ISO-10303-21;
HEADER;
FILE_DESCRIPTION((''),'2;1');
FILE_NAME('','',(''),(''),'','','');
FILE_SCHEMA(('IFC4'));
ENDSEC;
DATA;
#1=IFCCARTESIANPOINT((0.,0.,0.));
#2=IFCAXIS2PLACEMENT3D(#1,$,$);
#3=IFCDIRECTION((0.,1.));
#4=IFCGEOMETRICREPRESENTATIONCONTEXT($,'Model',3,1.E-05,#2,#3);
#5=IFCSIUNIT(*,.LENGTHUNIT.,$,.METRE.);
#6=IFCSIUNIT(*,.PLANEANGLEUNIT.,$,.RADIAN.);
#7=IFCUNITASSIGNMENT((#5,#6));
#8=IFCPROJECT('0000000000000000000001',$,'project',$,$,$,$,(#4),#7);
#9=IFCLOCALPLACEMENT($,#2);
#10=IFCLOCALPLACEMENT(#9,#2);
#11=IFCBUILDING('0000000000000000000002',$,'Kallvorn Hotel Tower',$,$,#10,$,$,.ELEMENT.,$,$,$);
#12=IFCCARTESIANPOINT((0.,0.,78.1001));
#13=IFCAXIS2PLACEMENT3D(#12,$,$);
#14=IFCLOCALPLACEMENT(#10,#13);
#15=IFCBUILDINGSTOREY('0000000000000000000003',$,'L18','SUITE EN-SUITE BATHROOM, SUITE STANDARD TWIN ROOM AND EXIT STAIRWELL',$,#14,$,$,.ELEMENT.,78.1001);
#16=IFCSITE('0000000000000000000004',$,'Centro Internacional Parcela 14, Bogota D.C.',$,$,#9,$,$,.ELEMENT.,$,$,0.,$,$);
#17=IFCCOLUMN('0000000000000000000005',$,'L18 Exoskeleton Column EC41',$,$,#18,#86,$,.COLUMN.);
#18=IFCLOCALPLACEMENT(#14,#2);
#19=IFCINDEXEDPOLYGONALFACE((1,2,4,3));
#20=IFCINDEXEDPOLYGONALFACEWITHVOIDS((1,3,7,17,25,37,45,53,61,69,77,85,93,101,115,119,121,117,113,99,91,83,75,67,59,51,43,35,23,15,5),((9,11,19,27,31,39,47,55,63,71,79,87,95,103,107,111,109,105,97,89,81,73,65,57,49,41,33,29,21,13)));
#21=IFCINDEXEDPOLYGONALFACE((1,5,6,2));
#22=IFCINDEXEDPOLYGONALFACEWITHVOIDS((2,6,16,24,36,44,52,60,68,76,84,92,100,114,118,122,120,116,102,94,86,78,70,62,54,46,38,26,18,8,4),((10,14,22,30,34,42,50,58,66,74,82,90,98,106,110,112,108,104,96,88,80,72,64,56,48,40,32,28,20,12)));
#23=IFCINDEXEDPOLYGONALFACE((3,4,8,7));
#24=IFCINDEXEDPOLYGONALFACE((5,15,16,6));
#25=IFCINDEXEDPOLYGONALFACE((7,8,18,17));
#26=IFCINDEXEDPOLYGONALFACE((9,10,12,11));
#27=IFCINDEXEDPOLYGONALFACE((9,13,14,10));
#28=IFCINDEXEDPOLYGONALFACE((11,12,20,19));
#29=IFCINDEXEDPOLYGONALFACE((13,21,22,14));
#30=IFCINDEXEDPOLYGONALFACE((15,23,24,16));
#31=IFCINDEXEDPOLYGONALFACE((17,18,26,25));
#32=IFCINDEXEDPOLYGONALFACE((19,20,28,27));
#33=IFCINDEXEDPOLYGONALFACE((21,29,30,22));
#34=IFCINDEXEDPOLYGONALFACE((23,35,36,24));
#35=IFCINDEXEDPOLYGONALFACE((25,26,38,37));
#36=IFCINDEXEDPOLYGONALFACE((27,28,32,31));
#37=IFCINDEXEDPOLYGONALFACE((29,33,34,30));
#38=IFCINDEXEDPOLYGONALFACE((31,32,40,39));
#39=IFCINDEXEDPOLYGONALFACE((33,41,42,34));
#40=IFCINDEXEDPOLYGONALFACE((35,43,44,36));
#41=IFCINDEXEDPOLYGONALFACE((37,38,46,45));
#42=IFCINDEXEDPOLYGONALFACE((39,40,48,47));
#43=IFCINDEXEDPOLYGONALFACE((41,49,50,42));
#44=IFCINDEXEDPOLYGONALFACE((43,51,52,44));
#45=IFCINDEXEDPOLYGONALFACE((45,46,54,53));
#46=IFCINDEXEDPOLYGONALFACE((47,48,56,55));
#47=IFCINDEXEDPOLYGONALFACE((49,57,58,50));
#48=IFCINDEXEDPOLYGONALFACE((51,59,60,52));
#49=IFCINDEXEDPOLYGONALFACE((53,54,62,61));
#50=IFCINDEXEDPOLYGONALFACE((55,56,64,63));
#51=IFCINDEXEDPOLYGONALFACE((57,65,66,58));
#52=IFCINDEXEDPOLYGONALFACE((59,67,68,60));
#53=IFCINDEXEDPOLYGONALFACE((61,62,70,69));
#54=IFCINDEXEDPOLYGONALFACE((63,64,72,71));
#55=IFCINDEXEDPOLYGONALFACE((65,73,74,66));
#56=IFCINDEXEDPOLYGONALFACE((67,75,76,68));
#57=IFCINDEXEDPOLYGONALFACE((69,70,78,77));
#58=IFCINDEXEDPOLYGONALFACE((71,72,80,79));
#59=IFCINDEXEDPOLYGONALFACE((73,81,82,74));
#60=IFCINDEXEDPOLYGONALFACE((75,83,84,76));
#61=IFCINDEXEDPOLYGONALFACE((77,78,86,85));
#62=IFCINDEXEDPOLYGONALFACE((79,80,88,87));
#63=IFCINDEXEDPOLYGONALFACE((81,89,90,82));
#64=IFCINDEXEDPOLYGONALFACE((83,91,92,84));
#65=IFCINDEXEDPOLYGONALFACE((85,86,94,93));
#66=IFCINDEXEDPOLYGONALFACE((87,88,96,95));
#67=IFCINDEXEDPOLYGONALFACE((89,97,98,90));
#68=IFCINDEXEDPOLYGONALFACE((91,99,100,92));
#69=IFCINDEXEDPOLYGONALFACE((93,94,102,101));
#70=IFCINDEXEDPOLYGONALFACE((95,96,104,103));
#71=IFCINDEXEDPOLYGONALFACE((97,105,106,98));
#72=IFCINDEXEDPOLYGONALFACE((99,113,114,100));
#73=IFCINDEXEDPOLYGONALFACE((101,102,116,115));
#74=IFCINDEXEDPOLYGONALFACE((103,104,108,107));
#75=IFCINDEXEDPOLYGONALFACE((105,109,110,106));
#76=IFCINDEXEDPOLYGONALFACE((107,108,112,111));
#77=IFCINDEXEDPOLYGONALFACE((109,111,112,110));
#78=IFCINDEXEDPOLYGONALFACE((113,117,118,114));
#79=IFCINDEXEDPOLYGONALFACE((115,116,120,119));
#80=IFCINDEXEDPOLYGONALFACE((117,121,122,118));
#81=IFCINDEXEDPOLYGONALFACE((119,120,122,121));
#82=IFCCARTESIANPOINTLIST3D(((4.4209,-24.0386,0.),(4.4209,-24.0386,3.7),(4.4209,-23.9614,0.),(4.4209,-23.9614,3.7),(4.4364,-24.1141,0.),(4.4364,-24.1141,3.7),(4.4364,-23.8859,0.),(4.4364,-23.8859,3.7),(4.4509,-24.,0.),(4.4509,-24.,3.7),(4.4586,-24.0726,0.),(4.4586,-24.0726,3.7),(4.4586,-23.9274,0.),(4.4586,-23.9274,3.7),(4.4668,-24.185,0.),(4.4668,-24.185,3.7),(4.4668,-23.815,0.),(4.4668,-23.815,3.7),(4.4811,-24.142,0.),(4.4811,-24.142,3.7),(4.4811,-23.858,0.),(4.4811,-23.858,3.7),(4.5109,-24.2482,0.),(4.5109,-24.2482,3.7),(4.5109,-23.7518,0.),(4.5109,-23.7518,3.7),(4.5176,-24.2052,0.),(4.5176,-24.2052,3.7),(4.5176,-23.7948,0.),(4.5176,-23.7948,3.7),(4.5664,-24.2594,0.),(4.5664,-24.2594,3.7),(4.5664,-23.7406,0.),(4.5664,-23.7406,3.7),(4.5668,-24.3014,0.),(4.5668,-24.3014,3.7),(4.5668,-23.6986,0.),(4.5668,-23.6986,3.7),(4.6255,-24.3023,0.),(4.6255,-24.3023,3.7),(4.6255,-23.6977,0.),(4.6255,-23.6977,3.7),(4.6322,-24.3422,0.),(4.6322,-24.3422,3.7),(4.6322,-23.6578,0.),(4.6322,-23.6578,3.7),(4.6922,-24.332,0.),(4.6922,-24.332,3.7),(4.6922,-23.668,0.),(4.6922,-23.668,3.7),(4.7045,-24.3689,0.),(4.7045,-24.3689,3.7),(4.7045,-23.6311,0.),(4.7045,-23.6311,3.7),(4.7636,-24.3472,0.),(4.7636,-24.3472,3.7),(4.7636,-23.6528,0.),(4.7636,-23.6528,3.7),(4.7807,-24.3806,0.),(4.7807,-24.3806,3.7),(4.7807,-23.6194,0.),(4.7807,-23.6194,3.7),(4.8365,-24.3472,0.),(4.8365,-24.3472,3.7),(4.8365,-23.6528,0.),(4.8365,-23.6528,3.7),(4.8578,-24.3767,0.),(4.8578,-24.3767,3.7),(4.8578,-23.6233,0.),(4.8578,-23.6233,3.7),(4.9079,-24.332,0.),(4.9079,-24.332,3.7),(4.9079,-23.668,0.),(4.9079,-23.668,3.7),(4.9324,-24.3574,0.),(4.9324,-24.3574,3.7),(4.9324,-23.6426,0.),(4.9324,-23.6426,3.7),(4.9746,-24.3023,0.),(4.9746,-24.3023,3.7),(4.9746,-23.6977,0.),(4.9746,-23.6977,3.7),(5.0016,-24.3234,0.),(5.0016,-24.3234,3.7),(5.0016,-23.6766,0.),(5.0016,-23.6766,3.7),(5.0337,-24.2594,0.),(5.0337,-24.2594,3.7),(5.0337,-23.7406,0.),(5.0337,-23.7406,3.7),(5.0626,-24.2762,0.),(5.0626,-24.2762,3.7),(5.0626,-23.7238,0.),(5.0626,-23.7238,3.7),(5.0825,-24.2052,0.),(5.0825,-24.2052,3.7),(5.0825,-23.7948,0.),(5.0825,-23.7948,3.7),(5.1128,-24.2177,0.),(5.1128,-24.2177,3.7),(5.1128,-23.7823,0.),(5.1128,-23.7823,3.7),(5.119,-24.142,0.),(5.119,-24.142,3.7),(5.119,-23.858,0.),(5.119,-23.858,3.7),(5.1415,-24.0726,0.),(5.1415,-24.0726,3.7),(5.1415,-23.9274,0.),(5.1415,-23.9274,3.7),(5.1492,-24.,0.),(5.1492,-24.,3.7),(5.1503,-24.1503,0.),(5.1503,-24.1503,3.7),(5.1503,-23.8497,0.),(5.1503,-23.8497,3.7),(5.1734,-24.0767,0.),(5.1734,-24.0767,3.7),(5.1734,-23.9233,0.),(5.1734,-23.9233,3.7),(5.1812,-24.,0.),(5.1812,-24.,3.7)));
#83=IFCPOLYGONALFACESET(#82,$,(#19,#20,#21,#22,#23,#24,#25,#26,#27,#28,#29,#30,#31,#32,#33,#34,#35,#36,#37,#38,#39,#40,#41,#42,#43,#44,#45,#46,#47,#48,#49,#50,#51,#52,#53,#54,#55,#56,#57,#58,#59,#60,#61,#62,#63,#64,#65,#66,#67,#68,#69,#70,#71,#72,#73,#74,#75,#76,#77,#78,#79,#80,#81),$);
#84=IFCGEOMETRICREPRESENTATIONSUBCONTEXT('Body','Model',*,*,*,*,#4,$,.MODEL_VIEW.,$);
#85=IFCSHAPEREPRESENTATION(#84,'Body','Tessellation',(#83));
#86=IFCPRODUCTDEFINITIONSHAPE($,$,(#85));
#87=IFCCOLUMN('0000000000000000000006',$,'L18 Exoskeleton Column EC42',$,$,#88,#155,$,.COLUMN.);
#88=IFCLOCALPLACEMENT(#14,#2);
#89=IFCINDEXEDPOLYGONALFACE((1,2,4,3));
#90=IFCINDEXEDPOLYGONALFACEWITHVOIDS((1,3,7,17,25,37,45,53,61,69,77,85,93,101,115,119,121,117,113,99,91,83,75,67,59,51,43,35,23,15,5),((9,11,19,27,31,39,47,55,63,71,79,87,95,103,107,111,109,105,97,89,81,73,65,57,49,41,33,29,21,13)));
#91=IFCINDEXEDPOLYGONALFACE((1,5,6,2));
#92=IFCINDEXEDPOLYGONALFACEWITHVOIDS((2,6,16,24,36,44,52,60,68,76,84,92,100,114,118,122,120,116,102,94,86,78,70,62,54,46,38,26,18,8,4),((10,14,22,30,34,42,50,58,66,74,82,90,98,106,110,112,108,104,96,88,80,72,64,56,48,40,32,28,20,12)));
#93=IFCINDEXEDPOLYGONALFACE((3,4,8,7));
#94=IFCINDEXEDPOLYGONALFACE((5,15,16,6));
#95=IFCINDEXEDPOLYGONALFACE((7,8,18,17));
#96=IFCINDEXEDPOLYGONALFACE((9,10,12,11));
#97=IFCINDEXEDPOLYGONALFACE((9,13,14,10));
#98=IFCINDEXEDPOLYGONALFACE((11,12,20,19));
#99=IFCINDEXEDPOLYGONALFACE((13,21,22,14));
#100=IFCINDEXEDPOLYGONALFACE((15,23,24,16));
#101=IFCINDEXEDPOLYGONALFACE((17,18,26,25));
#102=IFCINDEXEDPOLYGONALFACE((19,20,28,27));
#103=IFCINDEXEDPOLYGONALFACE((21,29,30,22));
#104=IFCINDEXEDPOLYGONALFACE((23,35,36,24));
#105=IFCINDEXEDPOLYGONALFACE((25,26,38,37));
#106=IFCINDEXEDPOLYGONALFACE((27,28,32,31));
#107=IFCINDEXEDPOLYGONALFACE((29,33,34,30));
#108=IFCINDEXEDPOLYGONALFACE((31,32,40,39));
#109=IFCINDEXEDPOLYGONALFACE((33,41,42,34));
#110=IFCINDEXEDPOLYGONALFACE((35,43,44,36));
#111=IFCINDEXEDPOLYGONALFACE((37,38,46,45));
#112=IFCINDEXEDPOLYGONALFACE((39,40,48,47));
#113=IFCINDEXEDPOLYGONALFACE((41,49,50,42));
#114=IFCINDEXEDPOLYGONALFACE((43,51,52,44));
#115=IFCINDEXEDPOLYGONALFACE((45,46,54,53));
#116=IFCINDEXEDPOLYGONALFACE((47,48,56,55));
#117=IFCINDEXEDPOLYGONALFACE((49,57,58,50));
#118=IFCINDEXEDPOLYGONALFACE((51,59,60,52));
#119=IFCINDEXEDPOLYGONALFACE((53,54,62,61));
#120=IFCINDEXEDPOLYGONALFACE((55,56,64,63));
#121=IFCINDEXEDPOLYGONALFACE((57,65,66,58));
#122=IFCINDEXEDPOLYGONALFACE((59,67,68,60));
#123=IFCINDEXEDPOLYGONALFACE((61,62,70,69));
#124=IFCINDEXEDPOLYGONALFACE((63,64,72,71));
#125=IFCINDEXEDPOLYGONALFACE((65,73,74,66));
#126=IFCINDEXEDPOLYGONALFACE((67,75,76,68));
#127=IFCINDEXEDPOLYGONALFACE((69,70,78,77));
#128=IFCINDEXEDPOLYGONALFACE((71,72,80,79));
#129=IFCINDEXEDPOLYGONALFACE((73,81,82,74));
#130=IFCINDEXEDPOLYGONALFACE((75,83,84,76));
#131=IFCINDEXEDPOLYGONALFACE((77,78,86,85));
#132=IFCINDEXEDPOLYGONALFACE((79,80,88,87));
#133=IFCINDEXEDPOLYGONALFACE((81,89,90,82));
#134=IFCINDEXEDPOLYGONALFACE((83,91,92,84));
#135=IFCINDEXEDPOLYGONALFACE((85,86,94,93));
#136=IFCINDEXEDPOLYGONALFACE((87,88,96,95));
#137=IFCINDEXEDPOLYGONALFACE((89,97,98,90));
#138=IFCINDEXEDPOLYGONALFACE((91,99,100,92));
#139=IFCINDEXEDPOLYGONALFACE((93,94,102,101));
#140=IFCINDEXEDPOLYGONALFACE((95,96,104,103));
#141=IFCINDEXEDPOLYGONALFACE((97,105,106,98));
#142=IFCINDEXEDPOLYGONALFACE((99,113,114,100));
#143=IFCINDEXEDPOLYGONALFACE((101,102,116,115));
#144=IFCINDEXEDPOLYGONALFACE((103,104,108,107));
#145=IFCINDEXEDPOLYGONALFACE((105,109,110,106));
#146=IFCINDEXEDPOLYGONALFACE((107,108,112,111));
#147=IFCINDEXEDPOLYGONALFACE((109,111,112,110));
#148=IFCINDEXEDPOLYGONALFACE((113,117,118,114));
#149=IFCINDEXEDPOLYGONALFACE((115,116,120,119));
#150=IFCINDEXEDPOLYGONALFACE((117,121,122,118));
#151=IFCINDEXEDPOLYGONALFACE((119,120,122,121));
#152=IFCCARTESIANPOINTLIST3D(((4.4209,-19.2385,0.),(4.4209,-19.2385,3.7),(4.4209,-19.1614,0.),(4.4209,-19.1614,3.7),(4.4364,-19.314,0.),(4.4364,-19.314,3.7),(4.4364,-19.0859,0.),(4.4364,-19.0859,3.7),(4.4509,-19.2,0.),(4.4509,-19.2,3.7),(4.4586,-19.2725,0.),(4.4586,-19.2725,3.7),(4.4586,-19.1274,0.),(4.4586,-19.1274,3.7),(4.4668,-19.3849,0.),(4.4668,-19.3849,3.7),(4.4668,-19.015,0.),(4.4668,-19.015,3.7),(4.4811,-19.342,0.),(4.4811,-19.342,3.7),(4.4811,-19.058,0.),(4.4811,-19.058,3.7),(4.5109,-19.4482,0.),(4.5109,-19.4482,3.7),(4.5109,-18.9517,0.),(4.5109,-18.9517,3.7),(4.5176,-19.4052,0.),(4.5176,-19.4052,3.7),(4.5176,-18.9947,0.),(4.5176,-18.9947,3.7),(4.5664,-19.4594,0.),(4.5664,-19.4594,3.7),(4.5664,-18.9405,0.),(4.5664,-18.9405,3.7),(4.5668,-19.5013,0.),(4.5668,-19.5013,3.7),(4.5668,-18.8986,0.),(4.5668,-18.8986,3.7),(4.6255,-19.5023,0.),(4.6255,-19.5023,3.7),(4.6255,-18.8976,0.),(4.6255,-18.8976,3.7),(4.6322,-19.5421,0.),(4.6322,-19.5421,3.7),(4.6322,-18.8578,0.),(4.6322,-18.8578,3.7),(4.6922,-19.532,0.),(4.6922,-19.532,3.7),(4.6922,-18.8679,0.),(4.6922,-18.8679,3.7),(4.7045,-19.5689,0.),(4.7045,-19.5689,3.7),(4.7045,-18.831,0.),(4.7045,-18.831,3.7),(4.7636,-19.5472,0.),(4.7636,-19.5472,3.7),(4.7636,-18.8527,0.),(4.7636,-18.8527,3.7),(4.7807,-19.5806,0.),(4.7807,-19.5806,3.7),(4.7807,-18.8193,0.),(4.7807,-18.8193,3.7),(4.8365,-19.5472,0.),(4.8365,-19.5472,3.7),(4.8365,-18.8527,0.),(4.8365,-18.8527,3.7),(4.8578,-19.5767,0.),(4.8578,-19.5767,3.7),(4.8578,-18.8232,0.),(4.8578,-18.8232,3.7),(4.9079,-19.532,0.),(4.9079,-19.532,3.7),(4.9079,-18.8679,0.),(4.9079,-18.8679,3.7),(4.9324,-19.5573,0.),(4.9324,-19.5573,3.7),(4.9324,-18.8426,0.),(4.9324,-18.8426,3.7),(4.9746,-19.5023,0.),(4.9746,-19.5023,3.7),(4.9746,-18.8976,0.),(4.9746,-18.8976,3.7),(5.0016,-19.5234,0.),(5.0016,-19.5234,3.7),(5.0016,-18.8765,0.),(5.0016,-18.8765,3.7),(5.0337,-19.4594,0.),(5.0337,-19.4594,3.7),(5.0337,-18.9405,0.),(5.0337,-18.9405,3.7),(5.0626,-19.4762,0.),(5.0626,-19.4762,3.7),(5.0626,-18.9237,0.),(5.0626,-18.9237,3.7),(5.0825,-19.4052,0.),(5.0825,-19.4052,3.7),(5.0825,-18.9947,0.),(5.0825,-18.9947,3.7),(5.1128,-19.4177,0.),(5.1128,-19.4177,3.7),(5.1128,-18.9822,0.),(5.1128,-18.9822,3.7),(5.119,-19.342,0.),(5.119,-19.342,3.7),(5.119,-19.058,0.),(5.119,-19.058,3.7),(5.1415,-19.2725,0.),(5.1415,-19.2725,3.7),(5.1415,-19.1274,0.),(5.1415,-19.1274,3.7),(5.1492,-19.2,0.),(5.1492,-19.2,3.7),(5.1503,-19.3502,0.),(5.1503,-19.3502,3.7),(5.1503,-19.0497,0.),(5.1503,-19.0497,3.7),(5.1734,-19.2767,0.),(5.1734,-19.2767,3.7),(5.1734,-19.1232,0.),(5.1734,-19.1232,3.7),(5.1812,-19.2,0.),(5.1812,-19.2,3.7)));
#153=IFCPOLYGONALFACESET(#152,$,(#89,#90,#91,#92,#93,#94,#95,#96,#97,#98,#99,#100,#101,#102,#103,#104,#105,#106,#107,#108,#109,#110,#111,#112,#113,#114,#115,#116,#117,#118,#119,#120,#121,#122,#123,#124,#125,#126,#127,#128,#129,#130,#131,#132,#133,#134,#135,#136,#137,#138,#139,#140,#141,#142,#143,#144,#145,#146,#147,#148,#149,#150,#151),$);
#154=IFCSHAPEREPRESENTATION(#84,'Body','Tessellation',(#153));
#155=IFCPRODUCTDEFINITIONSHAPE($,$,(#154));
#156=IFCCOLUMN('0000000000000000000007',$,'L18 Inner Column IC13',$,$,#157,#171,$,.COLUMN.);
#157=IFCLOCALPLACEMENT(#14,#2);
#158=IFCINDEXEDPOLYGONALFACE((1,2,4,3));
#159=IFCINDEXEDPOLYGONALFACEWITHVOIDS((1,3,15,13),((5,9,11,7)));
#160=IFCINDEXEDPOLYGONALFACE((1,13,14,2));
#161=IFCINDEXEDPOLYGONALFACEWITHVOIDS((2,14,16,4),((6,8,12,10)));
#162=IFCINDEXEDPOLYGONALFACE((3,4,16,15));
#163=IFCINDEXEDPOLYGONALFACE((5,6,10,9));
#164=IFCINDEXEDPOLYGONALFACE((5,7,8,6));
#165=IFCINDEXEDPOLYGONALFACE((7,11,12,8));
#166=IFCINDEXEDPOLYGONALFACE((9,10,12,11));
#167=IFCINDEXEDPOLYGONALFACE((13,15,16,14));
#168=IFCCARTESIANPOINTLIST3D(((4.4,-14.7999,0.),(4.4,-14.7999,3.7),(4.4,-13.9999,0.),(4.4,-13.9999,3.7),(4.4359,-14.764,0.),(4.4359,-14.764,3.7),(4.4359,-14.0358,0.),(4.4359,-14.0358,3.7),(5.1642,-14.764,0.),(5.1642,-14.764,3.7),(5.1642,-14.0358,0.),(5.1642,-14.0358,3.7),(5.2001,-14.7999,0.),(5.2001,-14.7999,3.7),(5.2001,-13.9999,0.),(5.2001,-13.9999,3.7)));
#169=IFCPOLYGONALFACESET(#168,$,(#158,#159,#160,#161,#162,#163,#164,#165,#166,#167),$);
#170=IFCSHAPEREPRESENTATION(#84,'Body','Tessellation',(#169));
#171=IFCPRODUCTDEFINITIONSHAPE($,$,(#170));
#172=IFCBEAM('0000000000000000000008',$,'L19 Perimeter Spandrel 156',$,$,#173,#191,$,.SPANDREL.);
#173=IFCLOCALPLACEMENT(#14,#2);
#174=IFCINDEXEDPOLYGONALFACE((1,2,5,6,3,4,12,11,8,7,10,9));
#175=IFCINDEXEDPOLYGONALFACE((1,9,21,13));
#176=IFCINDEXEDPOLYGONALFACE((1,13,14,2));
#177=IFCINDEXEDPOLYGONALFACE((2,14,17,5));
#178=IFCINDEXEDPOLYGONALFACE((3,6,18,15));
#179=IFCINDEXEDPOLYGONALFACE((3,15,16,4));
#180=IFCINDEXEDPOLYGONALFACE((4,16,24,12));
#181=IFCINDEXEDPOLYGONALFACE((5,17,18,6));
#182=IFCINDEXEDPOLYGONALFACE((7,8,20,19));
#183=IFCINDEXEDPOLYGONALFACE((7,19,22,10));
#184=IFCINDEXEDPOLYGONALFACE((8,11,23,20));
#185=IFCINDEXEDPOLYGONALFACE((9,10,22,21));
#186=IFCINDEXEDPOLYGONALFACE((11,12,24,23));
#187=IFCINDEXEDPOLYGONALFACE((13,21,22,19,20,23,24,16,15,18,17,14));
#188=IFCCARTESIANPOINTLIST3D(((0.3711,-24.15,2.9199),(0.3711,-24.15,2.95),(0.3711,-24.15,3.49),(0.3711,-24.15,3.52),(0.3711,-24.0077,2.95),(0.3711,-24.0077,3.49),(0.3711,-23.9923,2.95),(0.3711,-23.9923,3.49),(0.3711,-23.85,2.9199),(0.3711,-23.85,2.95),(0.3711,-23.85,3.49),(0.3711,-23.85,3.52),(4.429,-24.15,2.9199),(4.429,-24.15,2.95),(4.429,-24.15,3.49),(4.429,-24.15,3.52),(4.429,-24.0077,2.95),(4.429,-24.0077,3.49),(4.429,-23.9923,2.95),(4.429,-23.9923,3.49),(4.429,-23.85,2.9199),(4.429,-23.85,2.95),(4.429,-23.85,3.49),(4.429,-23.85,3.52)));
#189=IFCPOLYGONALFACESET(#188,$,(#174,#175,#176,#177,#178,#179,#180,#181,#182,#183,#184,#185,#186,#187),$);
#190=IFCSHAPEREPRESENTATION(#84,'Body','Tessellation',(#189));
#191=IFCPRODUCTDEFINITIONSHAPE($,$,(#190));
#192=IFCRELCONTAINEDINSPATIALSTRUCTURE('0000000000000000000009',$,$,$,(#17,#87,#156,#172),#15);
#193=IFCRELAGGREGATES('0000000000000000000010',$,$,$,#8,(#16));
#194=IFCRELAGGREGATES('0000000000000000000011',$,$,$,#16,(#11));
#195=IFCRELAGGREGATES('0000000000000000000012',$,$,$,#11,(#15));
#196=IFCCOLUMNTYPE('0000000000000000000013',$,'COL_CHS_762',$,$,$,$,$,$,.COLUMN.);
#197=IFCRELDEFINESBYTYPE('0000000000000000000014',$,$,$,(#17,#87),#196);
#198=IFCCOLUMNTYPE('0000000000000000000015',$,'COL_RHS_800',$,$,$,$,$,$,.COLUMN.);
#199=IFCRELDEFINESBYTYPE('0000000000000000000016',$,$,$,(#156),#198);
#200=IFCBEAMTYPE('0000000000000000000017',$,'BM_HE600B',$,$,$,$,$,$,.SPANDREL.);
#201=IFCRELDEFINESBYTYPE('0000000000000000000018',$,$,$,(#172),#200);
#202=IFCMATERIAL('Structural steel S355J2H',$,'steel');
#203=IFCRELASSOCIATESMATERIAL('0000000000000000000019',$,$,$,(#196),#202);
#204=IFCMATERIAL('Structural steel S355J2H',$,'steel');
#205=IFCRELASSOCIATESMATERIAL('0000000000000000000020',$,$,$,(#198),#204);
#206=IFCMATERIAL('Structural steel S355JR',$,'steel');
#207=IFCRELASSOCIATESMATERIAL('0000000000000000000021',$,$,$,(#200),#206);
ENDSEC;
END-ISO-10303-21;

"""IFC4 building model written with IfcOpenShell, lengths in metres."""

from ifc_helpers import new_model, si_unit, direction, frame, origin, origin_2d, place, context, subcontext, project, spatial, hollow_rectangle, hollow_circle, i_section, extrude, material, material_profile, profile_set, type_object, element, save


model = new_model("IFC4")

# Units and contexts
model_context = context("Model", 3, precision=1e-05, world=origin(), true_north=direction((0.0, 1.0)))
body_context = subcontext(model_context, "Body", "Model", "MODEL_VIEW")
ifc_project = project(units=[si_unit("LENGTHUNIT", "METRE"), si_unit("PLANEANGLEUNIT", "RADIAN")], contexts=[model_context])

# Site, building, storey
site_placement = place(None, origin())
site = spatial("IfcSite", under=ifc_project, at=site_placement, Name="Centro Internacional Parcela 14, Bogota D.C.", CompositionType="ELEMENT", RefElevation=0.0)
building_placement = place(site_placement, origin())
building = spatial("IfcBuilding", under=site, at=building_placement, Name="Kallvorn Hotel Tower", CompositionType="ELEMENT")
storey_placement = place(building_placement, frame((0.0, 0.0, 78.1001)))
storey = spatial("IfcBuildingStorey", under=building, at=storey_placement, Name="L18", Description="SUITE EN-SUITE BATHROOM, SUITE STANDARD TWIN ROOM AND EXIT STAIRWELL", CompositionType="ELEMENT", Elevation=78.1001)

# Columns
ifc_material_1 = material(Name="Structural steel S355J2H", Category="steel")
ifc_material_profile_1 = material_profile(ifc_material_1, hollow_circle(Radius=0.3811, WallThickness=0.032, at=origin_2d()), Name="CHS 762x32")
ifc_profile_set_1 = profile_set([ifc_material_profile_1], Name="Structural steel S355J2H")
column_type_1 = type_object("IfcColumnType", Name="COL_CHS_762", PredefinedType="COLUMN", material=ifc_profile_set_1)
for number, where, z_axis, x_axis, name in (
    (1, (4.8, -24.0, 0.0), (0.0, 0.0, 1.0), (1.0, 0.0, 0.0), "L18 Exoskeleton Column EC41"),
    (2, (4.8, -19.2, 0.0), (0.0, 0.0, 1.0), (1.0, 0.0, 0.0), "L18 Exoskeleton Column EC42"),
):
    element("IfcColumn", number, at=place(storey_placement, frame(where, z_axis=z_axis, x_axis=x_axis)), inside=storey, type_object=column_type_1, Name=name, PredefinedType="COLUMN", context=body_context, shape_type="SweptSolid", body=[
        extrude(hollow_circle(Radius=0.3811, WallThickness=0.032, at=origin_2d()), origin(), (0.0, 0.0, 1.0), 3.7),
    ])
ifc_material_2 = material(Name="Structural steel S355J2H", Category="steel")
ifc_material_profile_2 = material_profile(ifc_material_2, hollow_rectangle(XDim=0.8, YDim=0.8, WallThickness=0.0359, at=origin_2d()), Name="RHS 800x800x36")
ifc_profile_set_2 = profile_set([ifc_material_profile_2], Name="Structural steel S355J2H")
column_type_2 = type_object("IfcColumnType", Name="COL_RHS_800", PredefinedType="COLUMN", material=ifc_profile_set_2)
column_placement = place(storey_placement, frame((4.8, -14.3999, 0.0), z_axis=(0.0, 0.0, 1.0), x_axis=(1.0, 0.0, 0.0)))
element("IfcColumn", 3, at=column_placement, inside=storey, type_object=column_type_2, Name="L18 Inner Column IC13", PredefinedType="COLUMN", context=body_context, shape_type="SweptSolid", body=[
    extrude(hollow_rectangle(XDim=0.8, YDim=0.8, WallThickness=0.0359, at=origin_2d()), origin(), (0.0, 0.0, 1.0), 3.7),
])

# Beam
ifc_material_3 = material(Name="Structural steel S355JR", Category="steel")
ifc_material_profile_3 = material_profile(ifc_material_3, i_section(OverallWidth=0.3, OverallDepth=0.6001, WebThickness=0.0154, FlangeThickness=0.03, at=origin_2d()), Name="HE 600 B")
ifc_profile_set_3 = profile_set([ifc_material_profile_3], Name="Structural steel S355JR")
beam_type_1 = type_object("IfcBeamType", Name="BM_HE600B", PredefinedType="SPANDREL", material=ifc_profile_set_3)
beam_1_placement = place(storey_placement, frame((0.3711, -24.0, 3.22), z_axis=(1.0, 0.0, 0.0), x_axis=(0.0, 1.0, 0.0)))
element("IfcBeam", 4, at=beam_1_placement, inside=storey, type_object=beam_type_1, Name="L19 Perimeter Spandrel 156", PredefinedType="SPANDREL", context=body_context, shape_type="SweptSolid", body=[
    extrude(i_section(OverallWidth=0.3, OverallDepth=0.6001, WebThickness=0.0154, FlangeThickness=0.03, at=origin_2d()), origin(), (0.0, 0.0, 1.0), 4.0579),
])

save(model, "model.ifc")
